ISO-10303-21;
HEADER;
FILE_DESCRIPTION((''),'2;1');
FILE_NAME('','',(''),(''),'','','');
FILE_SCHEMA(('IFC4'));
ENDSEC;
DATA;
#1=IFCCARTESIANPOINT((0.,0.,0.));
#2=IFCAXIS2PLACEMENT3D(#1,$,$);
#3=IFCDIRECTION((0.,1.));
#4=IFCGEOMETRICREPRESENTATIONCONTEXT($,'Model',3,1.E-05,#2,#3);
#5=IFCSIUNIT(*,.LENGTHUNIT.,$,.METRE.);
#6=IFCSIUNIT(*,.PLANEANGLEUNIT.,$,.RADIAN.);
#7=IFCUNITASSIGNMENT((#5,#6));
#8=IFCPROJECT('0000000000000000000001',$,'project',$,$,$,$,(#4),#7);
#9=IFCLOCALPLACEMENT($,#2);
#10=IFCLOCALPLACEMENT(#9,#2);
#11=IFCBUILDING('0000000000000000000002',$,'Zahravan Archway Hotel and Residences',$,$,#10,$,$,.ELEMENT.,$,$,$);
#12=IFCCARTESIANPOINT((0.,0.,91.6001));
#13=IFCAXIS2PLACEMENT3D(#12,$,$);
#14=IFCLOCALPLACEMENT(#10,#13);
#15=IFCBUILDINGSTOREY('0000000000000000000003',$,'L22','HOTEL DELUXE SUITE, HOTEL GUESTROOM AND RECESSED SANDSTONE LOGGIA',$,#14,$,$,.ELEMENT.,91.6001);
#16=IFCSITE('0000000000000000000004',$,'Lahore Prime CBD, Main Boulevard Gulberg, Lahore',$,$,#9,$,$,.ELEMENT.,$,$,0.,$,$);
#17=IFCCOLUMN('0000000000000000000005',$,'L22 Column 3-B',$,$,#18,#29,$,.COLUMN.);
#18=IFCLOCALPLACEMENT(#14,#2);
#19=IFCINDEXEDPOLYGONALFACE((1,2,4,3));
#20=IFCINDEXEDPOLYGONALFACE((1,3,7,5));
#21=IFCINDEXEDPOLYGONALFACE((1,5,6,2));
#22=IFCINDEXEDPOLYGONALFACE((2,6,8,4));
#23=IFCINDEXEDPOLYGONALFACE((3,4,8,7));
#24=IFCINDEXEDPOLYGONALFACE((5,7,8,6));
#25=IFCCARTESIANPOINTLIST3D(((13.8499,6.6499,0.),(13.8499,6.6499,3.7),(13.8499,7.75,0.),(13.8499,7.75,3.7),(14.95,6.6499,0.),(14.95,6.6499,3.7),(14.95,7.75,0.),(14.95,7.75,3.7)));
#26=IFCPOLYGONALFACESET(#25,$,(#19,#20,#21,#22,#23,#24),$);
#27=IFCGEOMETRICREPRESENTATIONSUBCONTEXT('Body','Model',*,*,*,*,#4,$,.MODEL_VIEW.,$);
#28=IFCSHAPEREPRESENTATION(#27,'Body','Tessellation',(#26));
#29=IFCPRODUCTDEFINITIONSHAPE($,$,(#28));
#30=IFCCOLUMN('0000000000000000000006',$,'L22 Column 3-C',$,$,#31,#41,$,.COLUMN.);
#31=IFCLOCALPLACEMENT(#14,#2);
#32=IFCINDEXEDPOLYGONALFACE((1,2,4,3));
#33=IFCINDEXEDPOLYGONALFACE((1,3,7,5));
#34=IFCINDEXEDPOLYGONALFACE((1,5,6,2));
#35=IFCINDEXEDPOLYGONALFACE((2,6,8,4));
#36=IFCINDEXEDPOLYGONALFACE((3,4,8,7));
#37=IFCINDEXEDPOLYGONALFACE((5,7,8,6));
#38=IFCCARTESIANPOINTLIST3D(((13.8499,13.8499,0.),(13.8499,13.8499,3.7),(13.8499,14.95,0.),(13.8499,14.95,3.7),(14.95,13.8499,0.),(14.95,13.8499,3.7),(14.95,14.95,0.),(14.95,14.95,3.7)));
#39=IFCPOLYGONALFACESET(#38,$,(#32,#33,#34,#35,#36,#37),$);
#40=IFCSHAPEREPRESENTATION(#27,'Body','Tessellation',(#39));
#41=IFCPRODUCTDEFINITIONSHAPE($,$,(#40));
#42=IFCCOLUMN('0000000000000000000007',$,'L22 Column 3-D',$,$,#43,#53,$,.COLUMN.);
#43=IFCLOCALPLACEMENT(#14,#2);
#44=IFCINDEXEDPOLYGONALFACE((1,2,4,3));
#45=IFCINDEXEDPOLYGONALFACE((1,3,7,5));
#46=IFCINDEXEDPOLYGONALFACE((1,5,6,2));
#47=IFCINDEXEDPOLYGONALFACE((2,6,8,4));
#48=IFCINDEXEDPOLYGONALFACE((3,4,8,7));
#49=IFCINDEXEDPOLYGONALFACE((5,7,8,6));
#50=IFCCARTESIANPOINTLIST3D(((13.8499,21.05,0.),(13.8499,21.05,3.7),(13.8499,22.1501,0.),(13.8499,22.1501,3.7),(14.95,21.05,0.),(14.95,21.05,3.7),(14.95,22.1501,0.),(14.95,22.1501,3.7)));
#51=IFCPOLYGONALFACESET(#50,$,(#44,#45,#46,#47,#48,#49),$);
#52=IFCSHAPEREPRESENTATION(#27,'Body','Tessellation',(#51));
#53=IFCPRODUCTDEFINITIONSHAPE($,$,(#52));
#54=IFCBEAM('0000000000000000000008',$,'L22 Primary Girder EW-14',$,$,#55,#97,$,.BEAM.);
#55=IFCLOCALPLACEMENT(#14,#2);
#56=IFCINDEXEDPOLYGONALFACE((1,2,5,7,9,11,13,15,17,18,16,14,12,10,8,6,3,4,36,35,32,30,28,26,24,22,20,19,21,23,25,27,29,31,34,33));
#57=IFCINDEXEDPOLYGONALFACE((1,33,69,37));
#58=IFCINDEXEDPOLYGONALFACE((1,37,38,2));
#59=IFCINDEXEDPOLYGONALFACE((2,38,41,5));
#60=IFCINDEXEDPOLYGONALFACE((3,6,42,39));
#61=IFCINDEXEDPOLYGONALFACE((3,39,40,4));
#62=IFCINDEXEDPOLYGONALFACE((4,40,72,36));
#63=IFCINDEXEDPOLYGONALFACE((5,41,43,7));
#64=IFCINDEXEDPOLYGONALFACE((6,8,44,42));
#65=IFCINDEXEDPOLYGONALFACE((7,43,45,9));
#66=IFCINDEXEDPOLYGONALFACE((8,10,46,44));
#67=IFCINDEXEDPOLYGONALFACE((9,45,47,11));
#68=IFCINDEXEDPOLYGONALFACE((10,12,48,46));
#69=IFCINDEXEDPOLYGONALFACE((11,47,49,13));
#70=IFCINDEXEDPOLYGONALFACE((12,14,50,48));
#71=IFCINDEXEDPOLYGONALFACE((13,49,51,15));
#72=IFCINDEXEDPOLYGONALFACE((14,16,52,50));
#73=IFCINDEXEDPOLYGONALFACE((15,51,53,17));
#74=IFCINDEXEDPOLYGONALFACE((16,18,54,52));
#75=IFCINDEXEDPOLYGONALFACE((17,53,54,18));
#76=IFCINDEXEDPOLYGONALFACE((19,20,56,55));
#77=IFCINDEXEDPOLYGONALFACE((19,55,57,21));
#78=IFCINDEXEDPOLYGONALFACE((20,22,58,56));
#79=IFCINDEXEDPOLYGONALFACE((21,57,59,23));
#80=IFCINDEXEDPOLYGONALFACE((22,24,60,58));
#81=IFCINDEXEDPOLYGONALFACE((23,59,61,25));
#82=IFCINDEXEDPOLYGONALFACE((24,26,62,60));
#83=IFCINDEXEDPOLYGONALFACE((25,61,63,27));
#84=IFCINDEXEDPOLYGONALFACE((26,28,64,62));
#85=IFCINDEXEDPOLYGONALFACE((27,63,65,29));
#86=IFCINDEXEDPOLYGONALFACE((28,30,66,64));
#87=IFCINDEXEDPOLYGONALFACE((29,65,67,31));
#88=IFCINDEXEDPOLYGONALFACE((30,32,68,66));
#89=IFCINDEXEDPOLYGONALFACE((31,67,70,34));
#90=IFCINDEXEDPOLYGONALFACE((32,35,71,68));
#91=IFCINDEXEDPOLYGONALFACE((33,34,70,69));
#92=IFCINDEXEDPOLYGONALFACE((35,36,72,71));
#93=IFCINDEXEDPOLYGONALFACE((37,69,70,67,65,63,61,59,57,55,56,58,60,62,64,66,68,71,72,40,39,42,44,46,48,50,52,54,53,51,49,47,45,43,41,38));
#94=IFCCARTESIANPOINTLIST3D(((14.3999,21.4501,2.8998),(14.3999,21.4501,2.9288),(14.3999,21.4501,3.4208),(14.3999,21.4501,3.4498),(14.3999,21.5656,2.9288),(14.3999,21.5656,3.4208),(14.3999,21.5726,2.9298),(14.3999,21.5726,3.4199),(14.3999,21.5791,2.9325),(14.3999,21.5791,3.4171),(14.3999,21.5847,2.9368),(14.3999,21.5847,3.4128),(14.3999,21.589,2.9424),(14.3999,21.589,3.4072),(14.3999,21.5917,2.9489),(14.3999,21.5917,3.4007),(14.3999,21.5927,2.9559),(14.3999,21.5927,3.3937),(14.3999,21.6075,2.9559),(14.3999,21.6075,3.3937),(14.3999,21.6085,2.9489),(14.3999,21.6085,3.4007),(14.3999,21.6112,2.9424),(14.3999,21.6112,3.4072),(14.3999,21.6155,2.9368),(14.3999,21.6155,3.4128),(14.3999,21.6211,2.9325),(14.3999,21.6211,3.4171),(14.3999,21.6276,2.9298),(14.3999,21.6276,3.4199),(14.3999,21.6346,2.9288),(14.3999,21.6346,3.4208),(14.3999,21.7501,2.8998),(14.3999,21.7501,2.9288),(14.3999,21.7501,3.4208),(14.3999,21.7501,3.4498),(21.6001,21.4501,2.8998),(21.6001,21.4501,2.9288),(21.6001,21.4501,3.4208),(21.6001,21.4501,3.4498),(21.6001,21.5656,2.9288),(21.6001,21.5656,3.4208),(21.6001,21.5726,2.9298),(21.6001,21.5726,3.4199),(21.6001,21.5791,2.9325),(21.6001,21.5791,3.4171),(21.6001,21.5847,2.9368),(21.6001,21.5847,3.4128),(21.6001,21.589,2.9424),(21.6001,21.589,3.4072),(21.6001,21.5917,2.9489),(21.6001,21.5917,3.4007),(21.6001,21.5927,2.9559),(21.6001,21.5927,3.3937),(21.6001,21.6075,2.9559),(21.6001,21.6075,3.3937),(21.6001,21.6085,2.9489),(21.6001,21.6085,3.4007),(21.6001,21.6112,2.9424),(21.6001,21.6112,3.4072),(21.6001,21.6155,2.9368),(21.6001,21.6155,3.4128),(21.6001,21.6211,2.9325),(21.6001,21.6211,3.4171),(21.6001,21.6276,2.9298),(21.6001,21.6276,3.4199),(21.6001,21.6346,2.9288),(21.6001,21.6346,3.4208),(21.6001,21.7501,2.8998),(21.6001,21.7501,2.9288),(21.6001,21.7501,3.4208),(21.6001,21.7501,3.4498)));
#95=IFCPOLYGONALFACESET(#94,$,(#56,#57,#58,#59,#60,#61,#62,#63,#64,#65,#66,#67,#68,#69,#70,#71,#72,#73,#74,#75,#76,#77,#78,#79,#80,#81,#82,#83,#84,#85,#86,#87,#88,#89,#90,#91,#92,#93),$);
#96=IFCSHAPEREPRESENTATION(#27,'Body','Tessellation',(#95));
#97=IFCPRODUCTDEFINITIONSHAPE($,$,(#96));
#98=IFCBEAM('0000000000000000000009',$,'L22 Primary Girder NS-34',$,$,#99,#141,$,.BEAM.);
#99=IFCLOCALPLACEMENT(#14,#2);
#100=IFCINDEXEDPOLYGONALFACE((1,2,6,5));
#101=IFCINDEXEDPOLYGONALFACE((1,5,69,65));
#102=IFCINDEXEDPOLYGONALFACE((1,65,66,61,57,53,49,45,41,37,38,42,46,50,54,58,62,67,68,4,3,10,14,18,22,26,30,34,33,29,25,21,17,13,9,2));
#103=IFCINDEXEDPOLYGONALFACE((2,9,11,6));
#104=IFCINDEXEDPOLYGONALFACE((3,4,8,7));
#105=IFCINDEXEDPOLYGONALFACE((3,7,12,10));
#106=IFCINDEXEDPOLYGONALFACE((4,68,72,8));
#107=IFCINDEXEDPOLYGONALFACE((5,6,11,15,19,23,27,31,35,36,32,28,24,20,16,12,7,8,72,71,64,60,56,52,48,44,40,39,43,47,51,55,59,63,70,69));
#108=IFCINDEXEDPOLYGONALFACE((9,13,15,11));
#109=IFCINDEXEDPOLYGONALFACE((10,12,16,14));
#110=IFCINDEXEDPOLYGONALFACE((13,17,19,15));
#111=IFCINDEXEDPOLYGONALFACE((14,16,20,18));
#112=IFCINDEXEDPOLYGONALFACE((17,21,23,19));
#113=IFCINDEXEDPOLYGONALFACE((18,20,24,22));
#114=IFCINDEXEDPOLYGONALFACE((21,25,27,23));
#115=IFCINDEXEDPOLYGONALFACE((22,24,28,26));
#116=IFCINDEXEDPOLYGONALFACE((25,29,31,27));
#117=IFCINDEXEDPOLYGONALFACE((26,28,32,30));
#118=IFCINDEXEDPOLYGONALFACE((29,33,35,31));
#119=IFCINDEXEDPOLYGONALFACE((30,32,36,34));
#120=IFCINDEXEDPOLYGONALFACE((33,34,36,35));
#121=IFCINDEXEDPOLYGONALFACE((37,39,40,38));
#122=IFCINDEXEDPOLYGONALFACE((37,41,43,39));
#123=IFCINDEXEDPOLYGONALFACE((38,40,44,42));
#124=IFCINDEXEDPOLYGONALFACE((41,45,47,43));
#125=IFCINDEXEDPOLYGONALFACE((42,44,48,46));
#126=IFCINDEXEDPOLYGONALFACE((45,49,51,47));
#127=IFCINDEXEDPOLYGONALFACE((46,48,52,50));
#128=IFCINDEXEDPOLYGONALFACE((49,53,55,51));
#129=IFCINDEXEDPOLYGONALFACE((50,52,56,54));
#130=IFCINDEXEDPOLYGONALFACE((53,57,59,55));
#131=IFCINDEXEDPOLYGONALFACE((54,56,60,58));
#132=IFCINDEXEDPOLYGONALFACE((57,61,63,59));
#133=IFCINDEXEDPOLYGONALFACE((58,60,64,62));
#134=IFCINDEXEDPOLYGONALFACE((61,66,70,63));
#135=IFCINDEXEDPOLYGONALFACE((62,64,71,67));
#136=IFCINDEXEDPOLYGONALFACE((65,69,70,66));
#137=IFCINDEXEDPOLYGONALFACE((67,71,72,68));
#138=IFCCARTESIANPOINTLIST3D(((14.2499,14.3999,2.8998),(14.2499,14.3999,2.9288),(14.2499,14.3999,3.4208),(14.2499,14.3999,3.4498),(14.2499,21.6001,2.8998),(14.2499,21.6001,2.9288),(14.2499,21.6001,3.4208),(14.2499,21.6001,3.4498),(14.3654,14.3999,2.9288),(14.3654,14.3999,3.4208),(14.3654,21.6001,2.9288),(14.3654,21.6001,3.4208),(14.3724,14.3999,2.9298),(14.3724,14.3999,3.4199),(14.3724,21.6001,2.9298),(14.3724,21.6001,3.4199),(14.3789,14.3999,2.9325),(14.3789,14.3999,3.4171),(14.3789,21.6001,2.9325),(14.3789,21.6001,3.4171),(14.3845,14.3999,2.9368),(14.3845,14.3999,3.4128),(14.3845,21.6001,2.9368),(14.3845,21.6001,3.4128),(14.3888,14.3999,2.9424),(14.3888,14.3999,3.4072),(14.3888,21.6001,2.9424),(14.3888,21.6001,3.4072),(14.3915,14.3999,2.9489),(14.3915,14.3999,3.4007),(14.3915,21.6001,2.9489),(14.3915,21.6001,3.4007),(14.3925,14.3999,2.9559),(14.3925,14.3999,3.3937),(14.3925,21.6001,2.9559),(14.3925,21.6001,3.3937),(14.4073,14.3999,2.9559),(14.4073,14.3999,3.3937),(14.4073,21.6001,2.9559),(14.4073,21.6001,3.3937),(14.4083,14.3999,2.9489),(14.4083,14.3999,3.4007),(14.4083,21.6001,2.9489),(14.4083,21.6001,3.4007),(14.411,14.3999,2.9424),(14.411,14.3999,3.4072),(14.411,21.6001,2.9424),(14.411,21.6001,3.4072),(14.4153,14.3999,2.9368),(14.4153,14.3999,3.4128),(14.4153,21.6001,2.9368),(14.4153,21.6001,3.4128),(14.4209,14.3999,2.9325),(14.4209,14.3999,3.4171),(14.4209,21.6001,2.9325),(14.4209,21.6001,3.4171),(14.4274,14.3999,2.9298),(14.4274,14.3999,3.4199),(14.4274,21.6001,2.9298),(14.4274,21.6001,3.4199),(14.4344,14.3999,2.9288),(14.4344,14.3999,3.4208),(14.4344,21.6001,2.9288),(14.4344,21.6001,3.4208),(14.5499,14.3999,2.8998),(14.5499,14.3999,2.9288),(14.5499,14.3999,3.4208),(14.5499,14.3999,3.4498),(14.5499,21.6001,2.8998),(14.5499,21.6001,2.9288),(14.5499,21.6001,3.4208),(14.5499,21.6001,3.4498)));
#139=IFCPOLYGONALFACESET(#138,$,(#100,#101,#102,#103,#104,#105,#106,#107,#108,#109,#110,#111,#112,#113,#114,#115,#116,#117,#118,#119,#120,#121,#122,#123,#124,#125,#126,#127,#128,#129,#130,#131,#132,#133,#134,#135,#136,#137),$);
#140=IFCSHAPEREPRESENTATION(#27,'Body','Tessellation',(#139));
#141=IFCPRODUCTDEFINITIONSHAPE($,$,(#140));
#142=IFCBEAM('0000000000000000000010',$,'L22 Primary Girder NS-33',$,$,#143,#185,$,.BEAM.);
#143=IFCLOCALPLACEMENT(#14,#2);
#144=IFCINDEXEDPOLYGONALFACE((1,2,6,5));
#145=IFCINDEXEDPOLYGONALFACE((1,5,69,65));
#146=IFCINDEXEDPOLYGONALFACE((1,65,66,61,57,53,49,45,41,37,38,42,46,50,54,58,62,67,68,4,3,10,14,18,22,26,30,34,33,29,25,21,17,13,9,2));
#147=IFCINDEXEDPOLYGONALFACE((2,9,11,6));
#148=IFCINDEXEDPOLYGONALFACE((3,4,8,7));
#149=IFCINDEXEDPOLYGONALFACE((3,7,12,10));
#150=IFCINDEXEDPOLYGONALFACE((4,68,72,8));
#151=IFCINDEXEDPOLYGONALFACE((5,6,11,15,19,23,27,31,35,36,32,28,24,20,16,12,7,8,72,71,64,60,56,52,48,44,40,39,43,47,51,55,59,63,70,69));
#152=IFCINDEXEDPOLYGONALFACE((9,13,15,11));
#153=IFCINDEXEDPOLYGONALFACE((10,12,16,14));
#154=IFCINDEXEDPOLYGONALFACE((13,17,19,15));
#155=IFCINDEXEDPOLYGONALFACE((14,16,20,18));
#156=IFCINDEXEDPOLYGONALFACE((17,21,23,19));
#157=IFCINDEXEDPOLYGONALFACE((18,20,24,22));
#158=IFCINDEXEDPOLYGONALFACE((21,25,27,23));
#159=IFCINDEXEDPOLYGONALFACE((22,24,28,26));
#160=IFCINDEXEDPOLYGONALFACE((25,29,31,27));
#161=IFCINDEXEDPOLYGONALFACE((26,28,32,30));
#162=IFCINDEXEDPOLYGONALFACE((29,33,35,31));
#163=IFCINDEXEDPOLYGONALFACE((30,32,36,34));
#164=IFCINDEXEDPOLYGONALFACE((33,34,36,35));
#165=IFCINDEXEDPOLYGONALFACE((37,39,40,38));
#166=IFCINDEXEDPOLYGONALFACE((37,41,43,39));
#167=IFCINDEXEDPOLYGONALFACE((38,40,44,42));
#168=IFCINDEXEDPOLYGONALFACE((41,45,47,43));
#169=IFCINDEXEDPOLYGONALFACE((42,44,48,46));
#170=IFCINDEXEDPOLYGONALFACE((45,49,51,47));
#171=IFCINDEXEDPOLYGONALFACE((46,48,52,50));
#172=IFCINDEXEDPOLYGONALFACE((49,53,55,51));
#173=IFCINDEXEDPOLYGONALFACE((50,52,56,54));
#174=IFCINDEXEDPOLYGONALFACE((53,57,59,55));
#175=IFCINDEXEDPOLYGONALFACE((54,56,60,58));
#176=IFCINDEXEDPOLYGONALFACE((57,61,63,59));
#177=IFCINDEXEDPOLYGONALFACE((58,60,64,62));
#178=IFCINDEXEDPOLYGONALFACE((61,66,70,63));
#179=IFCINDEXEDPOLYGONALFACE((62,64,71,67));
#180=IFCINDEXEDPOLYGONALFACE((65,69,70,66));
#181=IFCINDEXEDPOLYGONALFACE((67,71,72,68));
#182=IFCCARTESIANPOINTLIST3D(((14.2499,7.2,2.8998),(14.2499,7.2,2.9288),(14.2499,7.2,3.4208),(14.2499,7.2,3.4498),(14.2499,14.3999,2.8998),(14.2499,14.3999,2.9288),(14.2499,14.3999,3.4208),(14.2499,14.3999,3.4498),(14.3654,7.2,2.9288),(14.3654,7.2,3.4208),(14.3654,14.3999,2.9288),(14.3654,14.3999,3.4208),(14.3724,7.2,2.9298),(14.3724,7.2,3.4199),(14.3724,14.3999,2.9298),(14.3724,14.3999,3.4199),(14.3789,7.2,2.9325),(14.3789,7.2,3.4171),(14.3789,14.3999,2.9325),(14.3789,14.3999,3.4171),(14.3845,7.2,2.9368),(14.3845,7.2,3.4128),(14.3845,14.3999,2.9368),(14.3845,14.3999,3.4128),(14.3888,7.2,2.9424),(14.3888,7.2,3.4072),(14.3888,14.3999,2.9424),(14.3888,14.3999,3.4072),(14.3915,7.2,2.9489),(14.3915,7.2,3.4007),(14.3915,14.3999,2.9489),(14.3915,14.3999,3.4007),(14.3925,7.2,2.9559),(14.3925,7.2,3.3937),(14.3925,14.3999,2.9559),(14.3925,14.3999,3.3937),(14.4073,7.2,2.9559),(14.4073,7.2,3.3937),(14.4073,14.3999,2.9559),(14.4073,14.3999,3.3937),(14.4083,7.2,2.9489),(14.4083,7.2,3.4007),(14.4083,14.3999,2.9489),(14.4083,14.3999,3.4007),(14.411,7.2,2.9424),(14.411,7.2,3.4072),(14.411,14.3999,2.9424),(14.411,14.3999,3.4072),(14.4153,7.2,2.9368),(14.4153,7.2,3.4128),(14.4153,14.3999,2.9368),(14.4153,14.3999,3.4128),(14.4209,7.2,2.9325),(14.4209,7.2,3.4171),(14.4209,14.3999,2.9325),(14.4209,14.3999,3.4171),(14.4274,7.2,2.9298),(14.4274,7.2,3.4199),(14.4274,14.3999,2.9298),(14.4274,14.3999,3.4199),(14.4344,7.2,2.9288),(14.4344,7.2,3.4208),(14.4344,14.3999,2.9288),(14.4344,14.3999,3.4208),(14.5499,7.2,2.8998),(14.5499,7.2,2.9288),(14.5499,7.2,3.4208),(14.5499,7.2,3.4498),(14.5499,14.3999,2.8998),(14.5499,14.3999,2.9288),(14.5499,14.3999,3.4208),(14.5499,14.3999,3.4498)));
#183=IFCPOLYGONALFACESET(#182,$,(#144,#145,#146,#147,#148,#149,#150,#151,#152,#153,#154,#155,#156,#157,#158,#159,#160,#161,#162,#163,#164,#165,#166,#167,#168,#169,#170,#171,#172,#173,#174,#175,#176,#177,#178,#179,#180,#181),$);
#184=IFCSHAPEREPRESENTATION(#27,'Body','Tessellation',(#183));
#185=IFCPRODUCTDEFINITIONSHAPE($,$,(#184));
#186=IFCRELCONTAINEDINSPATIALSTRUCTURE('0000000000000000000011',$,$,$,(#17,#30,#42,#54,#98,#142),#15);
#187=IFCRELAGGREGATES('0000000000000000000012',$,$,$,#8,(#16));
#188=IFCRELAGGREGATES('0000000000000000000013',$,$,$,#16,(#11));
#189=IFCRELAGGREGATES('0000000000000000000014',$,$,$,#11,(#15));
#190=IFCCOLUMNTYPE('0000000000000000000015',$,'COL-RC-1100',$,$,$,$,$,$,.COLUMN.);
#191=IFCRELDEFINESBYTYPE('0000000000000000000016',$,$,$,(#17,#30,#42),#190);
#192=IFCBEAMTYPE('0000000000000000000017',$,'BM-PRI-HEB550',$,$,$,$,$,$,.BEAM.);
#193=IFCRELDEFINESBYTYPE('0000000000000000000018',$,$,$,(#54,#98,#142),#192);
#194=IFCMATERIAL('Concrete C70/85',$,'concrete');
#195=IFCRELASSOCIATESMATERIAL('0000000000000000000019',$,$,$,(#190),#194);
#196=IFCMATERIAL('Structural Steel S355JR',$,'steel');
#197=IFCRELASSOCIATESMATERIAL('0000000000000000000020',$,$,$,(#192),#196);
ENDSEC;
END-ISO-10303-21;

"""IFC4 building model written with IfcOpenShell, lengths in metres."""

from ifc_helpers import new_model, si_unit, direction, frame, origin, origin_2d, place, context, subcontext, project, spatial, rectangle, i_section, extrude, source, transform, mapped, material, material_profile, profile_set, type_object, type_shapes, element, save


model = new_model("IFC4")

# Units and contexts
model_context = context("Model", 3, precision=1e-05, world=origin(), true_north=direction((0.0, 1.0)))
body_context = subcontext(model_context, "Body", "Model", "MODEL_VIEW")
ifc_project = project(units=[si_unit("LENGTHUNIT", "METRE"), si_unit("PLANEANGLEUNIT", "RADIAN")], contexts=[model_context])

# Site, building, storey
site_placement = place(None, origin())
site = spatial("IfcSite", under=ifc_project, at=site_placement, Name="Lahore Prime CBD, Main Boulevard Gulberg, Lahore", CompositionType="ELEMENT", RefElevation=0.0)
building_placement = place(site_placement, origin())
building = spatial("IfcBuilding", under=site, at=building_placement, Name="Zahravan Archway Hotel and Residences", CompositionType="ELEMENT")
storey_placement = place(building_placement, frame((0.0, 0.0, 91.6001)))
storey = spatial("IfcBuildingStorey", under=building, at=storey_placement, Name="L22", Description="HOTEL DELUXE SUITE, HOTEL GUESTROOM AND RECESSED SANDSTONE LOGGIA", CompositionType="ELEMENT", Elevation=91.6001)

# Columns
ifc_material_1 = material(Name="Concrete C70/85", Category="concrete")
ifc_material_profile_1 = material_profile(ifc_material_1, rectangle(XDim=1.1001, YDim=1.1001, at=origin_2d()), Name="RC 1100x1100", Category="concrete")
ifc_profile_set_1 = profile_set([ifc_material_profile_1], Name="Concrete C70/85")
column_type = type_object("IfcColumnType", Name="COL-RC-1100", PredefinedType="COLUMN", material=ifc_profile_set_1)
shared_shape_1 = source(origin(), body_context, "Body", "SweptSolid", [
    extrude(rectangle(XDim=1.1001, YDim=1.1001, at=origin_2d()), origin(), (0.0, 0.0, 1.0), 3.7),
])
for number, where, z_axis, x_axis, name in (
    (1, (14.3999, 7.2, 0.0), (0.0, 0.0, 1.0), (1.0, 0.0, 0.0), "L22 Column 3-B"),
    (2, (14.3999, 14.3999, 0.0), (0.0, 0.0, 1.0), (1.0, 0.0, 0.0), "L22 Column 3-C"),
    (3, (14.3999, 21.6001, 0.0), (0.0, 0.0, 1.0), (1.0, 0.0, 0.0), "L22 Column 3-D"),
):
    element("IfcColumn", number, at=place(storey_placement, frame(where, z_axis=z_axis, x_axis=x_axis)), inside=storey, type_object=column_type, Name=name, PredefinedType="COLUMN", context=body_context, shape_type="MappedRepresentation", body=[
        mapped(shared_shape_1, transform((0.0, 0.0, 0.0), scale=1.0)),
    ])

# Beams
ifc_material_2 = material(Name="Structural Steel S355JR", Category="steel")
ifc_material_profile_2 = material_profile(ifc_material_2, i_section(OverallWidth=0.3, OverallDepth=0.55, WebThickness=0.0149, FlangeThickness=0.0291, FilletRadius=0.0271, at=origin_2d()), Name="HEB 550", Category="steel")
ifc_profile_set_2 = profile_set([ifc_material_profile_2], Name="Structural Steel S355JR")
beam_type = type_object("IfcBeamType", Name="BM-PRI-HEB550", PredefinedType="BEAM", material=ifc_profile_set_2)
shared_shape_2 = source(origin(), body_context, "Body", "SweptSolid", [
    extrude(i_section(OverallWidth=0.3, OverallDepth=0.55, WebThickness=0.0149, FlangeThickness=0.0291, FilletRadius=0.0271, at=origin_2d()), origin(), (0.0, 0.0, 1.0), 7.2002),
])
type_shapes(beam_type, [shared_shape_2])
for number, where, z_axis, x_axis, name in (
    (4, (14.3999, 21.6001, 3.1748), (1.0, 0.0, 0.0), (0.0, 1.0, 0.0), "L22 Primary Girder EW-14"),
    (5, (14.3999, 14.3999, 3.1748), (0.0, 1.0, 0.0), (-1.0, 0.0, 0.0), "L22 Primary Girder NS-34"),
):
    element("IfcBeam", number, at=place(storey_placement, frame(where, z_axis=z_axis, x_axis=x_axis)), inside=storey, type_object=beam_type, Name=name, PredefinedType="BEAM", context=body_context, shape_type="MappedRepresentation", body=[
        mapped(shared_shape_2, transform((0.0, 0.0, 0.0), scale=1.0)),
    ])
shared_shape_3 = source(origin(), body_context, "Body", "SweptSolid", [
    extrude(i_section(OverallWidth=0.3, OverallDepth=0.55, WebThickness=0.0149, FlangeThickness=0.0291, FilletRadius=0.0271, at=origin_2d()), origin(), (0.0, 0.0, 1.0), 7.2),
])
beam_1_placement = place(storey_placement, frame((14.3999, 7.2, 3.1748), z_axis=(0.0, 1.0, 0.0), x_axis=(-1.0, 0.0, 0.0)))
element("IfcBeam", 6, at=beam_1_placement, inside=storey, type_object=beam_type, Name="L22 Primary Girder NS-33", PredefinedType="BEAM", context=body_context, shape_type="MappedRepresentation", body=[
    mapped(shared_shape_3, transform((0.0, 0.0, 0.0), scale=1.0)),
])

save(model, "model.ifc")
